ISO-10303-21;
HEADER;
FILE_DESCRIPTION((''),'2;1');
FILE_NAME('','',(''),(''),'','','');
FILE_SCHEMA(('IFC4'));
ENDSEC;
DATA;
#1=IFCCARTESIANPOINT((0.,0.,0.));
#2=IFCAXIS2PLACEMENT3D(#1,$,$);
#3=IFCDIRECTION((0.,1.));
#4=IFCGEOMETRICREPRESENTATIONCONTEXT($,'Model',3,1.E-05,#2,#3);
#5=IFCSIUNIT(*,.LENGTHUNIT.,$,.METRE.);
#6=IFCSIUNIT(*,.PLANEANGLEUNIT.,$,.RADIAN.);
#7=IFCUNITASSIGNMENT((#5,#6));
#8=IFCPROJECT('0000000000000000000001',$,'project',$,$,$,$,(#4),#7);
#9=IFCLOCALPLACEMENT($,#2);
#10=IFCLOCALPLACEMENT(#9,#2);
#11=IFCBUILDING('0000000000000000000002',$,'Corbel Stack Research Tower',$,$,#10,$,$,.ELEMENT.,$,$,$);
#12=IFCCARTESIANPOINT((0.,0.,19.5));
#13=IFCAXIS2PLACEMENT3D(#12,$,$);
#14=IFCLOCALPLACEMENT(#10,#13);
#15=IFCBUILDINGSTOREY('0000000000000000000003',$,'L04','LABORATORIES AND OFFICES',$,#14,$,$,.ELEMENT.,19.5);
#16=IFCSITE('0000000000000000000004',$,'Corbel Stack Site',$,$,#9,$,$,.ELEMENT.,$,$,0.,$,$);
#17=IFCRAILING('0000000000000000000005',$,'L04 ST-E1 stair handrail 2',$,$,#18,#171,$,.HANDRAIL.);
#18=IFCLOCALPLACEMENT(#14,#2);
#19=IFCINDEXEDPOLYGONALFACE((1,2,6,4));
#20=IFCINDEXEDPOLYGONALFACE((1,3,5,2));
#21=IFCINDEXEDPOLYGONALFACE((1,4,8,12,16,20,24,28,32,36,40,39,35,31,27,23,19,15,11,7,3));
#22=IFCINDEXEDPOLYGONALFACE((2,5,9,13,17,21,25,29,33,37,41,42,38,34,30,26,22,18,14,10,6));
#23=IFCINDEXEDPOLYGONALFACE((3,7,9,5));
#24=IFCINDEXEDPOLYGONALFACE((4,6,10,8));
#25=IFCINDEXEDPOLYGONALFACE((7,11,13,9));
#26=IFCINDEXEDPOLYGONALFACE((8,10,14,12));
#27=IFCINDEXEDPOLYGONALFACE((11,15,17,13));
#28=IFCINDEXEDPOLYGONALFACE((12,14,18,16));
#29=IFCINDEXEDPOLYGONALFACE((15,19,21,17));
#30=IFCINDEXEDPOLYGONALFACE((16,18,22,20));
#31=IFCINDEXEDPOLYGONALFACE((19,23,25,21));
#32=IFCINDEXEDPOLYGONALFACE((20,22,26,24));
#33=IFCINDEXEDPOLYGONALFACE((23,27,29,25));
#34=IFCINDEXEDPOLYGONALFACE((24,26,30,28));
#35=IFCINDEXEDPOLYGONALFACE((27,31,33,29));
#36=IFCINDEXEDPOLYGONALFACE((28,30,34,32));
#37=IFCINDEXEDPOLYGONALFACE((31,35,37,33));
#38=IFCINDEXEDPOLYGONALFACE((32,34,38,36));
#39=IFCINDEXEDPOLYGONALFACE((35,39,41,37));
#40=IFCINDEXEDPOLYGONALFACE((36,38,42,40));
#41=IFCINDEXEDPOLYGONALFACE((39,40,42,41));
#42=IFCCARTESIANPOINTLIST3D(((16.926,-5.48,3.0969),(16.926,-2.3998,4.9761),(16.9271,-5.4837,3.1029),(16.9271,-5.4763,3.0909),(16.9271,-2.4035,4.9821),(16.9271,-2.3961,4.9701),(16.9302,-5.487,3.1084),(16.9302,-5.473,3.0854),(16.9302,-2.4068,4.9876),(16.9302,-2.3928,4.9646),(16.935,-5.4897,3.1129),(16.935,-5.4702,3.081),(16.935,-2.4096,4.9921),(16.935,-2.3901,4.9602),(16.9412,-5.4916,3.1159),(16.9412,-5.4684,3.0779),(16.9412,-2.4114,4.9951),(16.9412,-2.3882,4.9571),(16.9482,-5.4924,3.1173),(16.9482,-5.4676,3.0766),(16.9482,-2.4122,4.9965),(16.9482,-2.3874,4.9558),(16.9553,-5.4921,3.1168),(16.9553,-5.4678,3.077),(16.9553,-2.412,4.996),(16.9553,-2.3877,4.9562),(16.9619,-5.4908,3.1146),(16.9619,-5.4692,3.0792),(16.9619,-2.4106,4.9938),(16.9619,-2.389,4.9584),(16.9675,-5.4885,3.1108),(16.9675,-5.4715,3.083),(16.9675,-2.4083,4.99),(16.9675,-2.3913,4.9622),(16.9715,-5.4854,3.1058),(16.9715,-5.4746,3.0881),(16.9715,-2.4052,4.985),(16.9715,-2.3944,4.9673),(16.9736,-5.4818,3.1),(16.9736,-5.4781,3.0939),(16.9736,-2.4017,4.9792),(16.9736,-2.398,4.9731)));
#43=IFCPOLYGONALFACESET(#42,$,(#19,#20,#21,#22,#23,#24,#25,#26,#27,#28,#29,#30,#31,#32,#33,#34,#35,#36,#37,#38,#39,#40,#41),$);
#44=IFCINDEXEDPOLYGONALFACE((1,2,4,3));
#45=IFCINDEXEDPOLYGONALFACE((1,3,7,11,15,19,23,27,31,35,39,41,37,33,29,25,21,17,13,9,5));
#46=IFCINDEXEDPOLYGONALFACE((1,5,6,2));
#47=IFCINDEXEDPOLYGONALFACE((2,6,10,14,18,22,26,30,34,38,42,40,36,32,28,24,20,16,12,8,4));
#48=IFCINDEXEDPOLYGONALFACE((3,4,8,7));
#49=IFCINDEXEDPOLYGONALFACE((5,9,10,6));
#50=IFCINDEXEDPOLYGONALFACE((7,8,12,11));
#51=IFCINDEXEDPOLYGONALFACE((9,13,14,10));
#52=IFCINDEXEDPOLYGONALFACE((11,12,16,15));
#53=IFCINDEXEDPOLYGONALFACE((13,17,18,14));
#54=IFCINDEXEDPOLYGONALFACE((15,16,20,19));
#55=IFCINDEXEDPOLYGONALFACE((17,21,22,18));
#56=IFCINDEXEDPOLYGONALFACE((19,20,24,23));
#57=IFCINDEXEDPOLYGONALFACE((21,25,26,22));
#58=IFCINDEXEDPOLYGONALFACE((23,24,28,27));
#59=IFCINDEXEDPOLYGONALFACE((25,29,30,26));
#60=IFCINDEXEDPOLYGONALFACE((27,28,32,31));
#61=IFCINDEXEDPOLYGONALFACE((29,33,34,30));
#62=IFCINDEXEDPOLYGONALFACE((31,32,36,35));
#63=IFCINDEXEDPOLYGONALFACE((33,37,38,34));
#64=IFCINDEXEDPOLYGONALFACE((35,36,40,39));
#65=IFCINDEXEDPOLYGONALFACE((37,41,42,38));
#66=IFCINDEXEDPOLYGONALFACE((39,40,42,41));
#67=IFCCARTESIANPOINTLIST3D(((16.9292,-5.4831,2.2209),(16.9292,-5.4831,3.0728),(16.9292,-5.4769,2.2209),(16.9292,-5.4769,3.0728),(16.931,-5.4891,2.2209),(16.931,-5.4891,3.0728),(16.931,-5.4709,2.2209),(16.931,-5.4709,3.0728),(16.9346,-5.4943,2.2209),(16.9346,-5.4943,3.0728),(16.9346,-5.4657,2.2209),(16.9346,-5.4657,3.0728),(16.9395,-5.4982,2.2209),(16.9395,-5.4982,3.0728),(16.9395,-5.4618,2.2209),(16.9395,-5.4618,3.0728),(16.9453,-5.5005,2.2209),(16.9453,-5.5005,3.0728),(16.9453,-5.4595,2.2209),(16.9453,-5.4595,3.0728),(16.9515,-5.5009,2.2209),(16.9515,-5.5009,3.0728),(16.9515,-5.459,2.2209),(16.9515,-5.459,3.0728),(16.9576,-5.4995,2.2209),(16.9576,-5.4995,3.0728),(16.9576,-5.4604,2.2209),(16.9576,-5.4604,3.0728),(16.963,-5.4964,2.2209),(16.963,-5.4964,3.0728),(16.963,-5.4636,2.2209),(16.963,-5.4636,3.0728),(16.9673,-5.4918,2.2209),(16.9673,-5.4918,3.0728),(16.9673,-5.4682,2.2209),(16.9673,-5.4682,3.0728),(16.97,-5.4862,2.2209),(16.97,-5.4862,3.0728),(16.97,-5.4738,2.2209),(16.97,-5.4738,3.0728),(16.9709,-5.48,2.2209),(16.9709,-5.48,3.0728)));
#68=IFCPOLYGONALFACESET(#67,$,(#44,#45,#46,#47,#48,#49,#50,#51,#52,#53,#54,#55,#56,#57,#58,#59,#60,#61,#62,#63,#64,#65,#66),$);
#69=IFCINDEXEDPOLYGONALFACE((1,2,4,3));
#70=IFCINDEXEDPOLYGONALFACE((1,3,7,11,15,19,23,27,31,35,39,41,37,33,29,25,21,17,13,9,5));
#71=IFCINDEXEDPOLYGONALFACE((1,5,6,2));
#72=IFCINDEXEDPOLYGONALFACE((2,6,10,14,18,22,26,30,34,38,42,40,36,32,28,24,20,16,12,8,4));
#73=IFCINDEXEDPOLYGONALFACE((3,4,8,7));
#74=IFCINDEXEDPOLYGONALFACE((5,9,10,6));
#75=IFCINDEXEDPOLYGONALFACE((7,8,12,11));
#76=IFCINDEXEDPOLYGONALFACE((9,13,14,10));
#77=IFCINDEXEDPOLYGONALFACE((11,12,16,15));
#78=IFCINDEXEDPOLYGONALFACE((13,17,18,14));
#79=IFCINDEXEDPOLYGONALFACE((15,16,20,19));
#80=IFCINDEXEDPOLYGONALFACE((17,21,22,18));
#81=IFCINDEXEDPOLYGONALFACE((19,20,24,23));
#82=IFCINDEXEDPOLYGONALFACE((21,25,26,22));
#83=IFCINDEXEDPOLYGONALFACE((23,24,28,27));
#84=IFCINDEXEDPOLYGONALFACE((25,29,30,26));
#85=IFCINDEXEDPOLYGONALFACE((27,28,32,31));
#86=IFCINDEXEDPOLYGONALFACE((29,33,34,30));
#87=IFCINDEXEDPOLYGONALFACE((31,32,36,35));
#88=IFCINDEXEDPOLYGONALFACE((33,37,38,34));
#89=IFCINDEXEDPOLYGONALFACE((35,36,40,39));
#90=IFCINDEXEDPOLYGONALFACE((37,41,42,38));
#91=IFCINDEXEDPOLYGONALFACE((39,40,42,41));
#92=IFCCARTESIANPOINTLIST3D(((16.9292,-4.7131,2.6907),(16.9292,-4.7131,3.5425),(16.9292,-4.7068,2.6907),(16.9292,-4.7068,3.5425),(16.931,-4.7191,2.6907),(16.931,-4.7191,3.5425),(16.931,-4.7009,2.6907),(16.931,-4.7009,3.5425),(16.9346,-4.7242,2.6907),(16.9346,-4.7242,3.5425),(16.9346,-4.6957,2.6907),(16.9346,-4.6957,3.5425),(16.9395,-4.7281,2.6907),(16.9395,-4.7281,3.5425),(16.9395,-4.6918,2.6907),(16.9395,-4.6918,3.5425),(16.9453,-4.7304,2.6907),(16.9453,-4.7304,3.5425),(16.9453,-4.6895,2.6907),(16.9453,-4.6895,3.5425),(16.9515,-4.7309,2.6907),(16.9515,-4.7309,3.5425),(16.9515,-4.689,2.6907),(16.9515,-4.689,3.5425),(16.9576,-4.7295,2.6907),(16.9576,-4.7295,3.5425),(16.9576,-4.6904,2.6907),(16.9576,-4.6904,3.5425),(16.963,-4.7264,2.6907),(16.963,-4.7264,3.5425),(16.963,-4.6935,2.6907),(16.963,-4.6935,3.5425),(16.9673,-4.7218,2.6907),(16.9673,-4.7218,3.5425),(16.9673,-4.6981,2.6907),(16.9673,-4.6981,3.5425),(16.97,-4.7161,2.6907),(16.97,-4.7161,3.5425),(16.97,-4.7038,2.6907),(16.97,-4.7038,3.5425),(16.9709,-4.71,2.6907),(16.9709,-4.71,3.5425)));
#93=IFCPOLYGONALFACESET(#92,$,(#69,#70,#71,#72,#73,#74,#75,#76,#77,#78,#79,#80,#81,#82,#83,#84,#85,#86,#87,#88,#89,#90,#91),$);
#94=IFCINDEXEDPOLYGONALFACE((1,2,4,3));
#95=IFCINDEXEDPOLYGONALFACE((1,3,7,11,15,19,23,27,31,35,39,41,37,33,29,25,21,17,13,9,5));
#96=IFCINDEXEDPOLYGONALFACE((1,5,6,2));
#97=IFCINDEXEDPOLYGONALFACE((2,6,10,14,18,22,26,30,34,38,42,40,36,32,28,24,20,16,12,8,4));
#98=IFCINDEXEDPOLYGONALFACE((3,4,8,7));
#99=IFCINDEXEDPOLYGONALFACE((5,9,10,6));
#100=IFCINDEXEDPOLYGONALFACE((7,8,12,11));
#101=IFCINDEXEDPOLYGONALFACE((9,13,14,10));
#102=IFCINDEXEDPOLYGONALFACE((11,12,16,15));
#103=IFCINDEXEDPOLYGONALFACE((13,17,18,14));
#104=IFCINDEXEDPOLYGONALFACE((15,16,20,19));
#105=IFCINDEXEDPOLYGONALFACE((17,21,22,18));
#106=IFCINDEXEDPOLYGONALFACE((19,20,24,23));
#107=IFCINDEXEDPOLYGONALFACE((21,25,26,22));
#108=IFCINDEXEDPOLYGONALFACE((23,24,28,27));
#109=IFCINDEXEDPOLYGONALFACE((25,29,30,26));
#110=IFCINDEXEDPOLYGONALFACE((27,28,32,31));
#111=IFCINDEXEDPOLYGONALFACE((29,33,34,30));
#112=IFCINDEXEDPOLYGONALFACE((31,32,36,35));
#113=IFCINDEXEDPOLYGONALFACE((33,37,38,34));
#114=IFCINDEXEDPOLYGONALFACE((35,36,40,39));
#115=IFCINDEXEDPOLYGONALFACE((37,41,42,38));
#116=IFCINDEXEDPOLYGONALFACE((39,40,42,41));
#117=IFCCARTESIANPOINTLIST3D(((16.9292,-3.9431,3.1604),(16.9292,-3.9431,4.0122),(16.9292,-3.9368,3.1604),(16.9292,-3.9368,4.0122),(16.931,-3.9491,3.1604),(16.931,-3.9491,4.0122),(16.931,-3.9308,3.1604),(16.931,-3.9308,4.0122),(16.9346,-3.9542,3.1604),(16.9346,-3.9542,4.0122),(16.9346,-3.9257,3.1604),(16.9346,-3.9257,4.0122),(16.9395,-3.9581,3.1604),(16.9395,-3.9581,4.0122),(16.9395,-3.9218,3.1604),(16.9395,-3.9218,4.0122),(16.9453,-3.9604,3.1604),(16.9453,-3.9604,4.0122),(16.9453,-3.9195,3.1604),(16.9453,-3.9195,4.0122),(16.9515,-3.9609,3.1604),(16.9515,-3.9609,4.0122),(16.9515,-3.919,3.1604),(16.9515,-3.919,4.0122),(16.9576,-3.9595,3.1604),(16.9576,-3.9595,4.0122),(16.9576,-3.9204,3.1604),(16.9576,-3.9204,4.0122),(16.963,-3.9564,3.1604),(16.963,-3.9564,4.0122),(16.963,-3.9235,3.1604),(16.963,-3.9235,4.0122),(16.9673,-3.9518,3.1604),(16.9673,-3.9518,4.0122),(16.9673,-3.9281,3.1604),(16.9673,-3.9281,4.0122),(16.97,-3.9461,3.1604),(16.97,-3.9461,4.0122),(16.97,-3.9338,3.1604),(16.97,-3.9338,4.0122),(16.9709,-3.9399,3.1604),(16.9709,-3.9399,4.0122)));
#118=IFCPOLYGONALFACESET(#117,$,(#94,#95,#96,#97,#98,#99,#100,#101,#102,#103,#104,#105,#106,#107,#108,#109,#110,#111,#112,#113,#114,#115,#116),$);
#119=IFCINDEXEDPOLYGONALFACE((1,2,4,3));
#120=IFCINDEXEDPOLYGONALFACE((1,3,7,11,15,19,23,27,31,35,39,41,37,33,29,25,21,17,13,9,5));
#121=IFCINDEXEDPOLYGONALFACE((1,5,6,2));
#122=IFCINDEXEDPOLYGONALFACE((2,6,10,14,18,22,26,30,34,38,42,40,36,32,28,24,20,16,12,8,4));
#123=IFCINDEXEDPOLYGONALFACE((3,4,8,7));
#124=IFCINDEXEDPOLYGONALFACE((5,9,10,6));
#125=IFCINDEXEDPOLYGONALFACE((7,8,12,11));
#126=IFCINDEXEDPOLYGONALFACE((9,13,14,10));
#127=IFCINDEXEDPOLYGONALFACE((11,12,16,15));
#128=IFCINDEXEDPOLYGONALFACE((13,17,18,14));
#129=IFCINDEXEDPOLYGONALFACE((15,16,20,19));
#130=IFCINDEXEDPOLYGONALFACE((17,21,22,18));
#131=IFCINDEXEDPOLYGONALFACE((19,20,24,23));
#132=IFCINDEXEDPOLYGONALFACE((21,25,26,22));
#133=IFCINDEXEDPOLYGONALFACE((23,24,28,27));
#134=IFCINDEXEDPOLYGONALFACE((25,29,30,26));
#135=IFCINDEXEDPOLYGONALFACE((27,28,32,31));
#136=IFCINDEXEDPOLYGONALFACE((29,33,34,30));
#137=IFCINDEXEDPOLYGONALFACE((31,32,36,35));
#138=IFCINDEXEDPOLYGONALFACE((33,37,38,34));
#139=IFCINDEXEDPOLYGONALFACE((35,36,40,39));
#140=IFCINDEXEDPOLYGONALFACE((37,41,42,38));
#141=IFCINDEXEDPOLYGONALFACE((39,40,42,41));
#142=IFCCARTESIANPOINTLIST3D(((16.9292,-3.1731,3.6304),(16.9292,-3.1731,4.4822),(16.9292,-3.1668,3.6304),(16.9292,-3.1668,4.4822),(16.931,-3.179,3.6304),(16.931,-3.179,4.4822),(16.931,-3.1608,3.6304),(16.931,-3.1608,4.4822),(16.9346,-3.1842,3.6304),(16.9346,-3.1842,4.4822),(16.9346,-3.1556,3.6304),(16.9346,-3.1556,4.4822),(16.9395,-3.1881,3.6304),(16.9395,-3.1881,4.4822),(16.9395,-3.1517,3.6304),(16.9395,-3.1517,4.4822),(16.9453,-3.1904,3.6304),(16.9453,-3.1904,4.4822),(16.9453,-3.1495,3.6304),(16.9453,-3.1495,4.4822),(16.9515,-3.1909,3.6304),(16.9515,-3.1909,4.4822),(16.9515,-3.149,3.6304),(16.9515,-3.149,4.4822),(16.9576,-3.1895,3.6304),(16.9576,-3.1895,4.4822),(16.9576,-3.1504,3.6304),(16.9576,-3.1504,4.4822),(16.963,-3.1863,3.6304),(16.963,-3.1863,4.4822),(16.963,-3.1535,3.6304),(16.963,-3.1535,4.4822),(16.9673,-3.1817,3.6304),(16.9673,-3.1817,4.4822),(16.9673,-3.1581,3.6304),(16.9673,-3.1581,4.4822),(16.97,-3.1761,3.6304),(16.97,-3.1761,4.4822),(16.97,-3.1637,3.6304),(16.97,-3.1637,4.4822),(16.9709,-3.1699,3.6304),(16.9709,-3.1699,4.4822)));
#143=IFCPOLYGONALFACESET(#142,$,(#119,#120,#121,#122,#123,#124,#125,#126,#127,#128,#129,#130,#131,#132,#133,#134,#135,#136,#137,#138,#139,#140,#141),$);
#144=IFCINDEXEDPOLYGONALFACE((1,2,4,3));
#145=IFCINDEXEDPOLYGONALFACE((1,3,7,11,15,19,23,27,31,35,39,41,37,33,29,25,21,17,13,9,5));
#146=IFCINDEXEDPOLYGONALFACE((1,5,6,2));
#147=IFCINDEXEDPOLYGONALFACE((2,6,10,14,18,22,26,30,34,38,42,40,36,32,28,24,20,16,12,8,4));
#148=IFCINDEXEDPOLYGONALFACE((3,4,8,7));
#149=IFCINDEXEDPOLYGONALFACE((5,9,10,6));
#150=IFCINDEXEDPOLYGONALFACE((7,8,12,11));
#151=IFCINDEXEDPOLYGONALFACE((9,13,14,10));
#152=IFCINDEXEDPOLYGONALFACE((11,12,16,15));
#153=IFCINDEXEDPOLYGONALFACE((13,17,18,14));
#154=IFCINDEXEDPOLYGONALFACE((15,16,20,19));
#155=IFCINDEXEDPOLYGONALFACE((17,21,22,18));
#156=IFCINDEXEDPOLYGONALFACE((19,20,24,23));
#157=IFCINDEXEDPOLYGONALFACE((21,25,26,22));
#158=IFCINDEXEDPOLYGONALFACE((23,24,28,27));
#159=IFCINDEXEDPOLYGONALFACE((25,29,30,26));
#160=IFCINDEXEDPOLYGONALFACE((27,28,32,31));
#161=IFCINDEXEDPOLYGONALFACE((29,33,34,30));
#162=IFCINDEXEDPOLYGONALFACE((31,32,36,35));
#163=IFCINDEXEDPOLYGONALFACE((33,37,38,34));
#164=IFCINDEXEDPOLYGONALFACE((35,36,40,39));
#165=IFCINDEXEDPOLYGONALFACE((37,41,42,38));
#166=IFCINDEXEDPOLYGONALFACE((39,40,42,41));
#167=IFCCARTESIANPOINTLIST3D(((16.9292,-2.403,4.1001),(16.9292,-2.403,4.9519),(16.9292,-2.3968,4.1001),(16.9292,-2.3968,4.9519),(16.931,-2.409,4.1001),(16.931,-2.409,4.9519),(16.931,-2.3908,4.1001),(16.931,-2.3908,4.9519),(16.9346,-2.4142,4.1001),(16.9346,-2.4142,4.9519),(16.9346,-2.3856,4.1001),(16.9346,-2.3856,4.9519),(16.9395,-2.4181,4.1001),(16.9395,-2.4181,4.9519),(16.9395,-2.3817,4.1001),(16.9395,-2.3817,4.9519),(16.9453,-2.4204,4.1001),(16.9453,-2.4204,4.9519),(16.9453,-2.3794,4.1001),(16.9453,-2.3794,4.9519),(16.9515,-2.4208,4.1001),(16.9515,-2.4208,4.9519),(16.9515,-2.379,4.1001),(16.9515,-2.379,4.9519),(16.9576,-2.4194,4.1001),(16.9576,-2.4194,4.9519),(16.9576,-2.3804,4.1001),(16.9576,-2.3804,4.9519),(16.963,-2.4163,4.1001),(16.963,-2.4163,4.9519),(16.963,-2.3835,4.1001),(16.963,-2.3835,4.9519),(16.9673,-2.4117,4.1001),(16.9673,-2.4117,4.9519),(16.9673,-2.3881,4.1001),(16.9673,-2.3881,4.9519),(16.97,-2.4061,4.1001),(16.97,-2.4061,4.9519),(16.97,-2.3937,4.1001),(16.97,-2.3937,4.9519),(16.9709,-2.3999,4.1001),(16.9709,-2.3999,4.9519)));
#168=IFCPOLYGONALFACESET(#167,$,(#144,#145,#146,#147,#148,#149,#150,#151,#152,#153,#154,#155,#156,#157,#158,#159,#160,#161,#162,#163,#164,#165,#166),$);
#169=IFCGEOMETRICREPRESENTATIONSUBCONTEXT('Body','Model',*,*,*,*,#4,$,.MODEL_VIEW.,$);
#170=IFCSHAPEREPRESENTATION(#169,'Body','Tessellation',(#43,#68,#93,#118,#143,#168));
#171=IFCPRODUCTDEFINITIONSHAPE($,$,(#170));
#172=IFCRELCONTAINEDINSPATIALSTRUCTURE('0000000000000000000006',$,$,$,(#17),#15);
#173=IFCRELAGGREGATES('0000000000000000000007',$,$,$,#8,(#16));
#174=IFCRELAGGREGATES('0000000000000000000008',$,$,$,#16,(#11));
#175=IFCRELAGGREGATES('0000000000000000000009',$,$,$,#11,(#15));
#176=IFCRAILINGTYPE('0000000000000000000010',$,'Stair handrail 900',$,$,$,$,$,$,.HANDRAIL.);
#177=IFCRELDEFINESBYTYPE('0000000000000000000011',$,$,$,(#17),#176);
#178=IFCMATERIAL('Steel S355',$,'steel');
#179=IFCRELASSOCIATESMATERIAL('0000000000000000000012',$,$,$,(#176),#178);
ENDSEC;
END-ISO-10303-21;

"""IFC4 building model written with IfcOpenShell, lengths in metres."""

from ifc_helpers import new_model, si_unit, direction, frame, origin, origin_2d, place, context, subcontext, project, spatial, circle, extrude, material, type_object, element, save


model = new_model("IFC4")

# Units and contexts
model_context = context("Model", 3, precision=1e-05, world=origin(), true_north=direction((0.0, 1.0)))
body_context = subcontext(model_context, "Body", "Model", "MODEL_VIEW")
ifc_project = project(units=[si_unit("LENGTHUNIT", "METRE"), si_unit("PLANEANGLEUNIT", "RADIAN")], contexts=[model_context])

# Site, building, storey
site_placement = place(None, origin())
site = spatial("IfcSite", under=ifc_project, at=site_placement, Name="Corbel Stack Site", CompositionType="ELEMENT", RefElevation=0.0)
building_placement = place(site_placement, origin())
building = spatial("IfcBuilding", under=site, at=building_placement, Name="Corbel Stack Research Tower", CompositionType="ELEMENT")
storey_placement = place(building_placement, frame((0.0, 0.0, 19.5)))
storey = spatial("IfcBuildingStorey", under=building, at=storey_placement, Name="L04", Description="LABORATORIES AND OFFICES", CompositionType="ELEMENT", Elevation=19.5)

# Railing
ifc_material_1 = material(Name="Steel S355", Category="steel")
railing_type_1 = type_object("IfcRailingType", Name="Stair handrail 900", PredefinedType="HANDRAIL", material=ifc_material_1)
railing_1_placement = place(storey_placement, frame((16.95, -5.48, 2.2209)))
element("IfcRailing", 1, at=railing_1_placement, inside=storey, type_object=railing_type_1, Name="L04 ST-E1 stair handrail 2", PredefinedType="HANDRAIL", context=body_context, shape_type="SweptSolid", body=[
    extrude(circle(Radius=0.0239, at=origin_2d()), frame((0.0, 0.0, 0.876), z_axis=(0.0, 0.853666, 0.52082), x_axis=(-1.0, 0.0, 0.0)), (0.0, 0.0, 1.0), 3.6082),
    extrude(circle(Radius=0.021, at=origin_2d()), origin(), (0.0, 0.0, 1.0), 0.8518),
    extrude(circle(Radius=0.021, at=origin_2d()), frame((0.0, 0.77, 0.4697)), (0.0, 0.0, 1.0), 0.8518),
    extrude(circle(Radius=0.021, at=origin_2d()), frame((0.0, 1.54, 0.9395)), (0.0, 0.0, 1.0), 0.8518),
    extrude(circle(Radius=0.021, at=origin_2d()), frame((0.0, 2.3101, 1.4094)), (0.0, 0.0, 1.0), 0.8518),
    extrude(circle(Radius=0.021, at=origin_2d()), frame((0.0, 3.0801, 1.8792)), (0.0, 0.0, 1.0), 0.8518),
])

save(model, "model.ifc")
